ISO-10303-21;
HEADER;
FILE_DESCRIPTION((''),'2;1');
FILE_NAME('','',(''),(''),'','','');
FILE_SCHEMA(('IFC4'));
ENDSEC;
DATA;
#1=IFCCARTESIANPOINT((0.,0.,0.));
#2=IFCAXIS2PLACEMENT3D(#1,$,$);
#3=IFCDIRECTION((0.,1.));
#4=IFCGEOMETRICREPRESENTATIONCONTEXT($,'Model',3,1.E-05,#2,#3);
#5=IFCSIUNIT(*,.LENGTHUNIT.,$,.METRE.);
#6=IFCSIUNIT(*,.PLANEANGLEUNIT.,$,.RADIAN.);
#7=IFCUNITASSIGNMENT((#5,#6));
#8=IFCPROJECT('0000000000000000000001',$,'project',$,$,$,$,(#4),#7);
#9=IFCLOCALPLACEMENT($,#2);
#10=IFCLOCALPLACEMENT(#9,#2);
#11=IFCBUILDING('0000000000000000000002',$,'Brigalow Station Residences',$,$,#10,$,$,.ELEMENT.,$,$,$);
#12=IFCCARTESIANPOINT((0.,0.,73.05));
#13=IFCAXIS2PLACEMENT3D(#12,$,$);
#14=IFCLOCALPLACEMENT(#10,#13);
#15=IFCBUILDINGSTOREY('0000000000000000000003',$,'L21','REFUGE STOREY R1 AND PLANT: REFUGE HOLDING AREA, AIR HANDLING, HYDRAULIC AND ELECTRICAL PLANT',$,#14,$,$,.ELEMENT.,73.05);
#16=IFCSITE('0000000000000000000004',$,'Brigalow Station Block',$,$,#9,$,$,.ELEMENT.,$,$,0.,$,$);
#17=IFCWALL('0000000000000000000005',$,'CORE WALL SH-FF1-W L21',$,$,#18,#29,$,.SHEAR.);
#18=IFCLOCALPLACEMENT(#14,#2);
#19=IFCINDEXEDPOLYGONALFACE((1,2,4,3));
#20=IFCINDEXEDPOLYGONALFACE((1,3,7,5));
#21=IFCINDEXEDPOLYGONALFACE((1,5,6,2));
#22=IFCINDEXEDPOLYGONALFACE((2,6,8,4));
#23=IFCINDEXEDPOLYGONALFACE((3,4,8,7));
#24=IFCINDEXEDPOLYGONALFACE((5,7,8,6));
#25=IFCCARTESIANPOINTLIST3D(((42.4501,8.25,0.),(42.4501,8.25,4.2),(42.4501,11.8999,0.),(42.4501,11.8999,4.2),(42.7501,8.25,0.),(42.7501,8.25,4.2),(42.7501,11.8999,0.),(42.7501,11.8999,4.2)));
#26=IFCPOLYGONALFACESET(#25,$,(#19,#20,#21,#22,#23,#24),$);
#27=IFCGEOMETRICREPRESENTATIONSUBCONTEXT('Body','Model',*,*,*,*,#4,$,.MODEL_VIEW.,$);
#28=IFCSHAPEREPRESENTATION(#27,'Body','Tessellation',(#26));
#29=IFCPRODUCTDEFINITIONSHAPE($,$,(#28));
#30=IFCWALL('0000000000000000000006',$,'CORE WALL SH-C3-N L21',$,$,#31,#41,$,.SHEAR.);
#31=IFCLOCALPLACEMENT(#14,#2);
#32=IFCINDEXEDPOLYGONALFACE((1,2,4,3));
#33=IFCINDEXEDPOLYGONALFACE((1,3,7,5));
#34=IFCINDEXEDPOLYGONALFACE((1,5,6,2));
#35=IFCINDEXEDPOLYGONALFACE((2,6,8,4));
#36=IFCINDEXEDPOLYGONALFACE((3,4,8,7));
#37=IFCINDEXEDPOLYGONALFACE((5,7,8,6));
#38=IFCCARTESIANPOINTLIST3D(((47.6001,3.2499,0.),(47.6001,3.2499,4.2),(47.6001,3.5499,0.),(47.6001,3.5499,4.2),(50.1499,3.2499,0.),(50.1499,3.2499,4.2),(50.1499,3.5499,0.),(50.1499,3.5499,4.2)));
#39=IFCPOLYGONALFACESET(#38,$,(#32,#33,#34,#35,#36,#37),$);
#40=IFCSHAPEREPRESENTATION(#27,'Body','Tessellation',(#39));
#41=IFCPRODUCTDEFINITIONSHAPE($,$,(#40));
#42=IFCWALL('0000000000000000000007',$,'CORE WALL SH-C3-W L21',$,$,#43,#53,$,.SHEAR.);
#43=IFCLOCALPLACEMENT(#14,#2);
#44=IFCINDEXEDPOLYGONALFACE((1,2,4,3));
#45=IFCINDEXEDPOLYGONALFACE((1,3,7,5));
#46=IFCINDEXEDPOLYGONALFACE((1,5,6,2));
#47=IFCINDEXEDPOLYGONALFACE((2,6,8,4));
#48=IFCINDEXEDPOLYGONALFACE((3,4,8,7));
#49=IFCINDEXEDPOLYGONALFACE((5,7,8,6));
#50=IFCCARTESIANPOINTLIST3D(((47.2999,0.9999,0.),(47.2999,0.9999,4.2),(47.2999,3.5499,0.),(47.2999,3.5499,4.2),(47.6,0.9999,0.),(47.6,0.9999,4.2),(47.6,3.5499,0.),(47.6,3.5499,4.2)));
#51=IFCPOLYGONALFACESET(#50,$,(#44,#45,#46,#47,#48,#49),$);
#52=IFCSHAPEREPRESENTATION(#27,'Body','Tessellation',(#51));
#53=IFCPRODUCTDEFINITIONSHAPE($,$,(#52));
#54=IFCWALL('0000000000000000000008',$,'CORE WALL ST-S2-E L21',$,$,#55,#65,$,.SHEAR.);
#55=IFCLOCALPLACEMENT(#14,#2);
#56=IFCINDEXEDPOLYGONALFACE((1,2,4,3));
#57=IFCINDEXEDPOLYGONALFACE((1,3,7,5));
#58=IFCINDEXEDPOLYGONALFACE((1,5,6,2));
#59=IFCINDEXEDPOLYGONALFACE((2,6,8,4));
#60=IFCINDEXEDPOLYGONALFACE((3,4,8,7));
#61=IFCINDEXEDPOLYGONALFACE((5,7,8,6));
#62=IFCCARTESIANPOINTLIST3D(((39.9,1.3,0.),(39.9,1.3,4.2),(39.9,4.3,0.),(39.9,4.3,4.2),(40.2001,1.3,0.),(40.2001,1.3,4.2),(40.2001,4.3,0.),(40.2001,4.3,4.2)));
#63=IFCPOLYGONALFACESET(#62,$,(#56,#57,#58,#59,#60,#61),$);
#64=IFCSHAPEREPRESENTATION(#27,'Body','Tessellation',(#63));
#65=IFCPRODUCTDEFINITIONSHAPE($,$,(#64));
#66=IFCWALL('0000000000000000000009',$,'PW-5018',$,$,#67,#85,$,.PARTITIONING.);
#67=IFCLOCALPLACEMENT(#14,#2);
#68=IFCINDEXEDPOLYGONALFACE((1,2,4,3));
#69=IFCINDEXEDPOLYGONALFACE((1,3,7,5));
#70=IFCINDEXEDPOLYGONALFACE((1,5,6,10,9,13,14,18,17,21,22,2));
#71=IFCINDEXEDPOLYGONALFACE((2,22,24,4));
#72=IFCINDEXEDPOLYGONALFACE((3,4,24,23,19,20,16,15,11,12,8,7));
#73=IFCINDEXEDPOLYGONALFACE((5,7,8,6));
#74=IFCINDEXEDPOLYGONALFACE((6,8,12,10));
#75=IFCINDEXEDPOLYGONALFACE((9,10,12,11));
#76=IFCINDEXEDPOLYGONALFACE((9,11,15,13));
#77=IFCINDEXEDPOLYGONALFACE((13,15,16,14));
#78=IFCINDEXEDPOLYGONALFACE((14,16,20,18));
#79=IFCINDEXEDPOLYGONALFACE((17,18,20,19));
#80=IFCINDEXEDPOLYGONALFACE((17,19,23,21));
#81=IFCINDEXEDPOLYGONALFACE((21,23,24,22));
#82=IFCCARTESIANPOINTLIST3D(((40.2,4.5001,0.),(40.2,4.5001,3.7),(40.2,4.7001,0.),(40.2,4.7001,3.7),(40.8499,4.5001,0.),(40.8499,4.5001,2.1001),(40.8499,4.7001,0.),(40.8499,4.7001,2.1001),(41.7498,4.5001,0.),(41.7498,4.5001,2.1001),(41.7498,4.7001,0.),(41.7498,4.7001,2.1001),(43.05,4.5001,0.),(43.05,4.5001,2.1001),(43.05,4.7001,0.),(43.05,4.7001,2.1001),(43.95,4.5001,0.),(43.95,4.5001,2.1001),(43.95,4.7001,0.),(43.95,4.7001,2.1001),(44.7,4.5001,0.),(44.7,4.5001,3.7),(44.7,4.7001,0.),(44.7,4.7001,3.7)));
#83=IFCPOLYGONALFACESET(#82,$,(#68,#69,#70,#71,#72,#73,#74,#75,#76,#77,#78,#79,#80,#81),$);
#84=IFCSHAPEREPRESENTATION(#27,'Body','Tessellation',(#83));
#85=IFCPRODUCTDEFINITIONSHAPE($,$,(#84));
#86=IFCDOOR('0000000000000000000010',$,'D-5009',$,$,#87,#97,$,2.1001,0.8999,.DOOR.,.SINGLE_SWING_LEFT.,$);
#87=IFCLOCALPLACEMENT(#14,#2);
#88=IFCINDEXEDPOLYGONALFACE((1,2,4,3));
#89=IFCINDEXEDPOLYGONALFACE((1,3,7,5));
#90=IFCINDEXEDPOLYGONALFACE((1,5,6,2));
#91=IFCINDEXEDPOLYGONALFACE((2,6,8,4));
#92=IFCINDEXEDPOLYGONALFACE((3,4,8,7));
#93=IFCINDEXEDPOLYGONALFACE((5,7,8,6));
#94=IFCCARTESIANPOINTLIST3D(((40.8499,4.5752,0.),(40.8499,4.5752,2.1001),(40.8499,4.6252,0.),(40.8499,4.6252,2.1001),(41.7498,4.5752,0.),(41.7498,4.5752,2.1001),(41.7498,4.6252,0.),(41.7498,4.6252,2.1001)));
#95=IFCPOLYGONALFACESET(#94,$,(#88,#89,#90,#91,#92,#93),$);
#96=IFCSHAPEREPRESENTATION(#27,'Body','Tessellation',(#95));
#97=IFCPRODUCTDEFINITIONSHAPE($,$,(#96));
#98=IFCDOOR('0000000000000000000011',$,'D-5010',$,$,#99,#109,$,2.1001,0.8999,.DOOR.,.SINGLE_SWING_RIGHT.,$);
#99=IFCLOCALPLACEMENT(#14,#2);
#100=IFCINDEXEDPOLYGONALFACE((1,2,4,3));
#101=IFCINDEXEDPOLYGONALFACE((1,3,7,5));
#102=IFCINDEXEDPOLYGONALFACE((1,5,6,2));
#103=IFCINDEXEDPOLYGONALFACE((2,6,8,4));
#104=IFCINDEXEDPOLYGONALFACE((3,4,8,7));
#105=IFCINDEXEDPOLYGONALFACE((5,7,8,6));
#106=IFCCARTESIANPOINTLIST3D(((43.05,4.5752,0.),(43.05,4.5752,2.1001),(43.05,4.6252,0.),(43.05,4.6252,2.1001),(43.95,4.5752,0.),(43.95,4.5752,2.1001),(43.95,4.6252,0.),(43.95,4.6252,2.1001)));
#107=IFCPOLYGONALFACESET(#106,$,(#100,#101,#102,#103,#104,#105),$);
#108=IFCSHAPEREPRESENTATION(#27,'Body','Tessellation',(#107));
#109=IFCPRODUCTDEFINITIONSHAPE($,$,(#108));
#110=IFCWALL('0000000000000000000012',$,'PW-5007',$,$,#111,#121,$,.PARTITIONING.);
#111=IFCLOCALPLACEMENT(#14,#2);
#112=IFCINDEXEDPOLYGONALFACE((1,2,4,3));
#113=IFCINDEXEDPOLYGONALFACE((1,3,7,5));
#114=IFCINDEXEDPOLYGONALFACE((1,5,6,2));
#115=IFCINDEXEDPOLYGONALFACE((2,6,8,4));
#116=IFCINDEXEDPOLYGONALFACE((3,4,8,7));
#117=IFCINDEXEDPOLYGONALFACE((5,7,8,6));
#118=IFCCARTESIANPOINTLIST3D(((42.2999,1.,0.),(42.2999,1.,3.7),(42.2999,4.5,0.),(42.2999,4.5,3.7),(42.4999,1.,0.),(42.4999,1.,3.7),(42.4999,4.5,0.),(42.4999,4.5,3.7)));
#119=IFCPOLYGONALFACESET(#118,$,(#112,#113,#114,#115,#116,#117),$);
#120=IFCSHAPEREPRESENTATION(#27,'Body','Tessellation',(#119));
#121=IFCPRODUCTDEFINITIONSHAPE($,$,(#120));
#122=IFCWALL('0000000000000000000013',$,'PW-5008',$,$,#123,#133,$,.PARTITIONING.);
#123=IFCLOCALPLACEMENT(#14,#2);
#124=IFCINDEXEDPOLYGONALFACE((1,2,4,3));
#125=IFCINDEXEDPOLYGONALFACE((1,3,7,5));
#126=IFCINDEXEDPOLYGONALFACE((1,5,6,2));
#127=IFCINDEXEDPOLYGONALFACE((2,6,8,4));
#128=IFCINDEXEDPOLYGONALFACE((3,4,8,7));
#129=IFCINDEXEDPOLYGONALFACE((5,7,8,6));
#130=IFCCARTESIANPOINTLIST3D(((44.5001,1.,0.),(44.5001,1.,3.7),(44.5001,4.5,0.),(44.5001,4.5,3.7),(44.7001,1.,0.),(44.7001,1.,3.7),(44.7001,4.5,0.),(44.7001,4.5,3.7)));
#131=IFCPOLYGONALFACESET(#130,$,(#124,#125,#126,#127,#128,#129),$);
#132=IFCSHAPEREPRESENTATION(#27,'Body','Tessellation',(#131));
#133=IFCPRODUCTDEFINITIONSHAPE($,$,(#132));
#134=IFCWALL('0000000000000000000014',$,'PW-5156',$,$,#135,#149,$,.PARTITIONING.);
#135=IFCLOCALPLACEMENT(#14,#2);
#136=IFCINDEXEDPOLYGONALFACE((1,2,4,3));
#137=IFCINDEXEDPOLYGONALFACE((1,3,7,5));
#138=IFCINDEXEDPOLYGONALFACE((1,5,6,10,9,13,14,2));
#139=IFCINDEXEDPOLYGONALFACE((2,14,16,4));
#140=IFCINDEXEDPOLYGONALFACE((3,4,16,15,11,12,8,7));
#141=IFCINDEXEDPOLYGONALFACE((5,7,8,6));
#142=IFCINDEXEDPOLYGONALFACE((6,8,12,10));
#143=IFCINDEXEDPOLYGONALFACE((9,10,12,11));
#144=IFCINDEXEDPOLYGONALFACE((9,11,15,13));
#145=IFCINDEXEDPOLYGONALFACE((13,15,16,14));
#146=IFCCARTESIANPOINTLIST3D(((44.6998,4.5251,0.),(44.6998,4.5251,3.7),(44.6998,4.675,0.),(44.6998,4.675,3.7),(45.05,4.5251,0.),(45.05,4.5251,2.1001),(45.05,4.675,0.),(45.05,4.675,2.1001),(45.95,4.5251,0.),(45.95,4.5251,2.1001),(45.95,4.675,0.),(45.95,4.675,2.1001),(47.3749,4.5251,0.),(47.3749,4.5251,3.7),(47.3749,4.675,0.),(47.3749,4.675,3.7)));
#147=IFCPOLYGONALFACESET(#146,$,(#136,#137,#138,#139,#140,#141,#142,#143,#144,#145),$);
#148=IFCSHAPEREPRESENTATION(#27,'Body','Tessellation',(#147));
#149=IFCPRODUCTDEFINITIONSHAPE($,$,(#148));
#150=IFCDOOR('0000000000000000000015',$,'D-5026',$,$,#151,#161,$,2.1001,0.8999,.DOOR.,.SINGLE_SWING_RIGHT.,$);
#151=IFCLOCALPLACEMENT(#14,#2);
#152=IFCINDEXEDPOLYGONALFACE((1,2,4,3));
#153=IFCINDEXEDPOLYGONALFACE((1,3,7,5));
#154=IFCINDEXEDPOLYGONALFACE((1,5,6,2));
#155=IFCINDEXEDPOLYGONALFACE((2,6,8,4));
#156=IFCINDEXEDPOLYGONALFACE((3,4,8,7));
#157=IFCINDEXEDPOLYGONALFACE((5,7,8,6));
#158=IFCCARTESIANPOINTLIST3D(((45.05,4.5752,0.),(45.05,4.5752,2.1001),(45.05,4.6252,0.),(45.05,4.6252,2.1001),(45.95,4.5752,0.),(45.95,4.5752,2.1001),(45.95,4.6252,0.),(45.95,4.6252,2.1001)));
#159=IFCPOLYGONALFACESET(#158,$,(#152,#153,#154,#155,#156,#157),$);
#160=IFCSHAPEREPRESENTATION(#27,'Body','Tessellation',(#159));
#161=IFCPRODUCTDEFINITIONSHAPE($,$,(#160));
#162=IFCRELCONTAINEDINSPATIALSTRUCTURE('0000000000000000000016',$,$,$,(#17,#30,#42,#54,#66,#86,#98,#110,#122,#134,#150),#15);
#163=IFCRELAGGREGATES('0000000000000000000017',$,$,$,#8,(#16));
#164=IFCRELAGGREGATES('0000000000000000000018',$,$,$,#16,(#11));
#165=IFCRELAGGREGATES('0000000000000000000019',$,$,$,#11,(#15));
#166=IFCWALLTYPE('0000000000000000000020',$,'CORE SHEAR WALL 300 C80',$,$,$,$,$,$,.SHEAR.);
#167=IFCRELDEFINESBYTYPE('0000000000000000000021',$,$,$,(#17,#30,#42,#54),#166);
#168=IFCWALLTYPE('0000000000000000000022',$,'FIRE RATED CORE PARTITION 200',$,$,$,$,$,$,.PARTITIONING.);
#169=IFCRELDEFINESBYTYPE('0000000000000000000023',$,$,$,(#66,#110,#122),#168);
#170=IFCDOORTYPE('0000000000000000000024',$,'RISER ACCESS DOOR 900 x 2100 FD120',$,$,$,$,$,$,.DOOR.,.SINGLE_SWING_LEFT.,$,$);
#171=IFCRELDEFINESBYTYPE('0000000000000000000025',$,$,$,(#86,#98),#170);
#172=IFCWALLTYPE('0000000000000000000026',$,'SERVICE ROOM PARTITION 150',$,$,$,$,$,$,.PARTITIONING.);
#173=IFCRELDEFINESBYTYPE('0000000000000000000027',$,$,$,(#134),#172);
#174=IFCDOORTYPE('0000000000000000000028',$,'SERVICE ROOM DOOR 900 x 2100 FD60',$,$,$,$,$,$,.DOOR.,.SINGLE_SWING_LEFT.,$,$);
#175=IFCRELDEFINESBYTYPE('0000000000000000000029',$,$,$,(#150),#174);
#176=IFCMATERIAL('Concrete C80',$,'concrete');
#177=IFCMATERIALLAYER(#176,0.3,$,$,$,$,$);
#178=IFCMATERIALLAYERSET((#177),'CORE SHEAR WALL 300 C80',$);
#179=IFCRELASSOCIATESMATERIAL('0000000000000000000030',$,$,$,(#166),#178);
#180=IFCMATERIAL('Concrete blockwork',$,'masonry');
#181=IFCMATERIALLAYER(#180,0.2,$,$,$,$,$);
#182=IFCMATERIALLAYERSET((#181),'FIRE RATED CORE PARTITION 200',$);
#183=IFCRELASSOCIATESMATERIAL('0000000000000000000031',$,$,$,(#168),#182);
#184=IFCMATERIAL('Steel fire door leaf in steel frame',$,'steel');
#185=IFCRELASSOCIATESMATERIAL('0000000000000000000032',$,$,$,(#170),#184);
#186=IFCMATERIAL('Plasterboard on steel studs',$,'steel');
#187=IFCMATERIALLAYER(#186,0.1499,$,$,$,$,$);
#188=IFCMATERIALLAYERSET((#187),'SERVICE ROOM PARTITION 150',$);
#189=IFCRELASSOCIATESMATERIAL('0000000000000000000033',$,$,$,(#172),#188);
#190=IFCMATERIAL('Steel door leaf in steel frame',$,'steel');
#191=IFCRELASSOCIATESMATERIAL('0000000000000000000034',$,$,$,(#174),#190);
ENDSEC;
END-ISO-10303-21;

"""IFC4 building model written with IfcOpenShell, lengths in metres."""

from ifc_helpers import new_model, si_unit, direction, frame, frame_2d, origin, place, context, subcontext, project, spatial, rectangle, extrude, material, layer, layer_set, type_object, element, fill, save


model = new_model("IFC4")

# Units and contexts
model_context = context("Model", 3, precision=1e-05, world=origin(), true_north=direction((0.0, 1.0)))
body_context = subcontext(model_context, "Body", "Model", "MODEL_VIEW")
ifc_project = project(units=[si_unit("LENGTHUNIT", "METRE"), si_unit("PLANEANGLEUNIT", "RADIAN")], contexts=[model_context])

# Site, building, storey
site_placement = place(None, origin())
site = spatial("IfcSite", under=ifc_project, at=site_placement, Name="Brigalow Station Block", CompositionType="ELEMENT", RefElevation=0.0)
building_placement = place(site_placement, origin())
building = spatial("IfcBuilding", under=site, at=building_placement, Name="Brigalow Station Residences", CompositionType="ELEMENT")
storey_placement = place(building_placement, frame((0.0, 0.0, 73.05)))
storey = spatial("IfcBuildingStorey", under=building, at=storey_placement, Name="L21", Description="REFUGE STOREY R1 AND PLANT: REFUGE HOLDING AREA, AIR HANDLING, HYDRAULIC AND ELECTRICAL PLANT", CompositionType="ELEMENT", Elevation=73.05)

# Walls
ifc_material_1 = material(Name="Concrete C80", Category="concrete")
ifc_layer_1 = layer(ifc_material_1, 0.3)
ifc_layer_set_1 = layer_set([ifc_layer_1], Name="CORE SHEAR WALL 300 C80")
wall_type_1 = type_object("IfcWallType", Name="CORE SHEAR WALL 300 C80", PredefinedType="SHEAR", material=ifc_layer_set_1)
wall_1_placement = place(storey_placement, frame((42.6001, 8.25, 0.0), z_axis=(0.0, 0.0, 1.0), x_axis=(0.0, 1.0, 0.0)))
element("IfcWall", 1, at=wall_1_placement, inside=storey, type_object=wall_type_1, Name="CORE WALL SH-FF1-W L21", PredefinedType="SHEAR", context=body_context, shape_type="SweptSolid", body=[
    extrude(rectangle(XDim=3.6499, YDim=0.3, at=frame_2d((1.825, 0.0))), origin(), (0.0, 0.0, 1.0), 4.2),
])
wall_2_placement = place(storey_placement, frame((47.6001, 3.3999, 0.0), z_axis=(0.0, 0.0, 1.0), x_axis=(1.0, 0.0, 0.0)))
element("IfcWall", 2, at=wall_2_placement, inside=storey, type_object=wall_type_1, Name="CORE WALL SH-C3-N L21", PredefinedType="SHEAR", context=body_context, shape_type="SweptSolid", body=[
    extrude(rectangle(XDim=2.5498, YDim=0.3, at=frame_2d((1.2749, 0.0))), origin(), (0.0, 0.0, 1.0), 4.2),
])
wall_3_placement = place(storey_placement, frame((47.45, 1.0, 0.0), z_axis=(0.0, 0.0, 1.0), x_axis=(0.0, 1.0, 0.0)))
element("IfcWall", 3, at=wall_3_placement, inside=storey, type_object=wall_type_1, Name="CORE WALL SH-C3-W L21", PredefinedType="SHEAR", context=body_context, shape_type="SweptSolid", body=[
    extrude(rectangle(XDim=2.55, YDim=0.3, at=frame_2d((1.2749, 0.0))), origin(), (0.0, 0.0, 1.0), 4.2),
])
wall_4_placement = place(storey_placement, frame((40.05, 1.3, 0.0), z_axis=(0.0, 0.0, 1.0), x_axis=(0.0, 1.0, 0.0)))
element("IfcWall", 4, at=wall_4_placement, inside=storey, type_object=wall_type_1, Name="CORE WALL ST-S2-E L21", PredefinedType="SHEAR", context=body_context, shape_type="SweptSolid", body=[
    extrude(rectangle(XDim=3.0, YDim=0.3, at=frame_2d((1.5, 0.0))), origin(), (0.0, 0.0, 1.0), 4.2),
])

# Wall, openings, doors
ifc_material_2 = material(Name="Concrete blockwork", Category="masonry")
ifc_layer_2 = layer(ifc_material_2, 0.2)
ifc_layer_set_2 = layer_set([ifc_layer_2], Name="FIRE RATED CORE PARTITION 200")
wall_type_2 = type_object("IfcWallType", Name="FIRE RATED CORE PARTITION 200", PredefinedType="PARTITIONING", material=ifc_layer_set_2)
wall_5_placement = place(storey_placement, frame((40.2, 4.6001, 0.0), z_axis=(0.0, 0.0, 1.0), x_axis=(1.0, 0.0, 0.0)))
wall_5 = element("IfcWall", 5, at=wall_5_placement, inside=storey, type_object=wall_type_2, Name="PW-5018", PredefinedType="PARTITIONING", context=body_context, shape_type="SweptSolid", body=[
    extrude(rectangle(XDim=4.5, YDim=0.2, at=frame_2d((2.25, 0.0))), origin(), (0.0, 0.0, 1.0), 3.7),
])
opening_1_placement = place(wall_5_placement, frame((0.6499, 0.0, 0.0)))
opening_1 = element("IfcOpeningElement", 6, at=opening_1_placement, cuts=wall_5, PredefinedType="OPENING", context=body_context, shape_type="SweptSolid", body=[
    extrude(rectangle(XDim=0.8999, YDim=2.1001, at=frame_2d((0.45, 1.05))), frame((0.0, 0.1099, 0.0), z_axis=(0.0, -1.0, 0.0), x_axis=(1.0, 0.0, 0.0)), (0.0, 0.0, 1.0), 0.22),
])
opening_2_placement = place(wall_5_placement, frame((2.8501, 0.0, 0.0)))
opening_2 = element("IfcOpeningElement", 7, at=opening_2_placement, cuts=wall_5, PredefinedType="OPENING", context=body_context, shape_type="SweptSolid", body=[
    extrude(rectangle(XDim=0.8999, YDim=2.1001, at=frame_2d((0.45, 1.05))), frame((0.0, 0.1099, 0.0), z_axis=(0.0, -1.0, 0.0), x_axis=(1.0, 0.0, 0.0)), (0.0, 0.0, 1.0), 0.22),
])
ifc_material_3 = material(Name="Steel fire door leaf in steel frame", Category="steel")
door_type_1 = type_object("IfcDoorType", Name="RISER ACCESS DOOR 900 x 2100 FD120", OperationType="SINGLE_SWING_LEFT", PredefinedType="DOOR", material=ifc_material_3)
door_1_placement = place(opening_1_placement, frame((0.8999, 0.0, 0.0), z_axis=(0.0, 0.0, 1.0), x_axis=(-1.0, 0.0, 0.0)))
door_1 = element("IfcDoor", 8, at=door_1_placement, inside=storey, type_object=door_type_1, Name="D-5009", OperationType="SINGLE_SWING_LEFT", OverallHeight=2.1001, OverallWidth=0.8999, PredefinedType="DOOR", context=body_context, shape_type="SweptSolid", body=[
    extrude(rectangle(XDim=0.8999, YDim=2.1001, at=frame_2d((0.45, 1.05))), frame((0.0, 0.0249, 0.0), z_axis=(0.0, -1.0, 0.0), x_axis=(1.0, 0.0, 0.0)), (0.0, 0.0, 1.0), 0.05),
])
fill(opening_1, door_1)
door_2_placement = place(opening_2_placement, frame((0.8999, 0.0, 0.0), z_axis=(0.0, 0.0, 1.0), x_axis=(-1.0, 0.0, 0.0)))
door_2 = element("IfcDoor", 9, at=door_2_placement, inside=storey, type_object=door_type_1, Name="D-5010", OperationType="SINGLE_SWING_RIGHT", OverallHeight=2.1001, OverallWidth=0.8999, PredefinedType="DOOR", context=body_context, shape_type="SweptSolid", body=[
    extrude(rectangle(XDim=0.8999, YDim=2.1001, at=frame_2d((0.45, 1.05))), frame((0.0, 0.0249, 0.0), z_axis=(0.0, -1.0, 0.0), x_axis=(1.0, 0.0, 0.0)), (0.0, 0.0, 1.0), 0.05),
])
fill(opening_2, door_2)

# Walls
for number, where, z_axis, x_axis, name in (
    (10, (42.3999, 1.0, 0.0), (0.0, 0.0, 1.0), (0.0, 1.0, 0.0), "PW-5007"),
    (11, (44.6001, 1.0, 0.0), (0.0, 0.0, 1.0), (0.0, 1.0, 0.0), "PW-5008"),
):
    element("IfcWall", number, at=place(storey_placement, frame(where, z_axis=z_axis, x_axis=x_axis)), inside=storey, type_object=wall_type_2, Name=name, PredefinedType="PARTITIONING", context=body_context, shape_type="SweptSolid", body=[
        extrude(rectangle(XDim=3.5, YDim=0.2, at=frame_2d((1.75, 0.0))), origin(), (0.0, 0.0, 1.0), 3.7),
    ])

# Wall, opening, door
ifc_material_4 = material(Name="Plasterboard on steel studs", Category="steel")
ifc_layer_3 = layer(ifc_material_4, 0.1499)
ifc_layer_set_3 = layer_set([ifc_layer_3], Name="SERVICE ROOM PARTITION 150")
wall_type_3 = type_object("IfcWallType", Name="SERVICE ROOM PARTITION 150", PredefinedType="PARTITIONING", material=ifc_layer_set_3)
wall_6_placement = place(storey_placement, frame((44.7, 4.6001, 0.0), z_axis=(0.0, 0.0, 1.0), x_axis=(1.0, 0.0, 0.0)))
wall_6 = element("IfcWall", 12, at=wall_6_placement, inside=storey, type_object=wall_type_3, Name="PW-5156", PredefinedType="PARTITIONING", context=body_context, shape_type="SweptSolid", body=[
    extrude(rectangle(XDim=2.675, YDim=0.1499, at=frame_2d((1.3374, 0.0))), origin(), (0.0, 0.0, 1.0), 3.7),
])
opening_3_placement = place(wall_6_placement, frame((0.3501, 0.0, 0.0)))
opening_3 = element("IfcOpeningElement", 13, at=opening_3_placement, cuts=wall_6, PredefinedType="OPENING", context=body_context, shape_type="SweptSolid", body=[
    extrude(rectangle(XDim=0.8999, YDim=2.1001, at=frame_2d((0.45, 1.05))), frame((0.0, 0.085, 0.0), z_axis=(0.0, -1.0, 0.0), x_axis=(1.0, 0.0, 0.0)), (0.0, 0.0, 1.0), 0.1699),
])
ifc_material_5 = material(Name="Steel door leaf in steel frame", Category="steel")
door_type_2 = type_object("IfcDoorType", Name="SERVICE ROOM DOOR 900 x 2100 FD60", OperationType="SINGLE_SWING_LEFT", PredefinedType="DOOR", material=ifc_material_5)
door_3_placement = place(opening_3_placement, frame((0.8999, 0.0, 0.0), z_axis=(0.0, 0.0, 1.0), x_axis=(-1.0, 0.0, 0.0)))
door_3 = element("IfcDoor", 14, at=door_3_placement, inside=storey, type_object=door_type_2, Name="D-5026", OperationType="SINGLE_SWING_RIGHT", OverallHeight=2.1001, OverallWidth=0.8999, PredefinedType="DOOR", context=body_context, shape_type="SweptSolid", body=[
    extrude(rectangle(XDim=0.8999, YDim=2.1001, at=frame_2d((0.45, 1.05))), frame((0.0, 0.0249, 0.0), z_axis=(0.0, -1.0, 0.0), x_axis=(1.0, 0.0, 0.0)), (0.0, 0.0, 1.0), 0.05),
])
fill(opening_3, door_3)

save(model, "model.ifc")
